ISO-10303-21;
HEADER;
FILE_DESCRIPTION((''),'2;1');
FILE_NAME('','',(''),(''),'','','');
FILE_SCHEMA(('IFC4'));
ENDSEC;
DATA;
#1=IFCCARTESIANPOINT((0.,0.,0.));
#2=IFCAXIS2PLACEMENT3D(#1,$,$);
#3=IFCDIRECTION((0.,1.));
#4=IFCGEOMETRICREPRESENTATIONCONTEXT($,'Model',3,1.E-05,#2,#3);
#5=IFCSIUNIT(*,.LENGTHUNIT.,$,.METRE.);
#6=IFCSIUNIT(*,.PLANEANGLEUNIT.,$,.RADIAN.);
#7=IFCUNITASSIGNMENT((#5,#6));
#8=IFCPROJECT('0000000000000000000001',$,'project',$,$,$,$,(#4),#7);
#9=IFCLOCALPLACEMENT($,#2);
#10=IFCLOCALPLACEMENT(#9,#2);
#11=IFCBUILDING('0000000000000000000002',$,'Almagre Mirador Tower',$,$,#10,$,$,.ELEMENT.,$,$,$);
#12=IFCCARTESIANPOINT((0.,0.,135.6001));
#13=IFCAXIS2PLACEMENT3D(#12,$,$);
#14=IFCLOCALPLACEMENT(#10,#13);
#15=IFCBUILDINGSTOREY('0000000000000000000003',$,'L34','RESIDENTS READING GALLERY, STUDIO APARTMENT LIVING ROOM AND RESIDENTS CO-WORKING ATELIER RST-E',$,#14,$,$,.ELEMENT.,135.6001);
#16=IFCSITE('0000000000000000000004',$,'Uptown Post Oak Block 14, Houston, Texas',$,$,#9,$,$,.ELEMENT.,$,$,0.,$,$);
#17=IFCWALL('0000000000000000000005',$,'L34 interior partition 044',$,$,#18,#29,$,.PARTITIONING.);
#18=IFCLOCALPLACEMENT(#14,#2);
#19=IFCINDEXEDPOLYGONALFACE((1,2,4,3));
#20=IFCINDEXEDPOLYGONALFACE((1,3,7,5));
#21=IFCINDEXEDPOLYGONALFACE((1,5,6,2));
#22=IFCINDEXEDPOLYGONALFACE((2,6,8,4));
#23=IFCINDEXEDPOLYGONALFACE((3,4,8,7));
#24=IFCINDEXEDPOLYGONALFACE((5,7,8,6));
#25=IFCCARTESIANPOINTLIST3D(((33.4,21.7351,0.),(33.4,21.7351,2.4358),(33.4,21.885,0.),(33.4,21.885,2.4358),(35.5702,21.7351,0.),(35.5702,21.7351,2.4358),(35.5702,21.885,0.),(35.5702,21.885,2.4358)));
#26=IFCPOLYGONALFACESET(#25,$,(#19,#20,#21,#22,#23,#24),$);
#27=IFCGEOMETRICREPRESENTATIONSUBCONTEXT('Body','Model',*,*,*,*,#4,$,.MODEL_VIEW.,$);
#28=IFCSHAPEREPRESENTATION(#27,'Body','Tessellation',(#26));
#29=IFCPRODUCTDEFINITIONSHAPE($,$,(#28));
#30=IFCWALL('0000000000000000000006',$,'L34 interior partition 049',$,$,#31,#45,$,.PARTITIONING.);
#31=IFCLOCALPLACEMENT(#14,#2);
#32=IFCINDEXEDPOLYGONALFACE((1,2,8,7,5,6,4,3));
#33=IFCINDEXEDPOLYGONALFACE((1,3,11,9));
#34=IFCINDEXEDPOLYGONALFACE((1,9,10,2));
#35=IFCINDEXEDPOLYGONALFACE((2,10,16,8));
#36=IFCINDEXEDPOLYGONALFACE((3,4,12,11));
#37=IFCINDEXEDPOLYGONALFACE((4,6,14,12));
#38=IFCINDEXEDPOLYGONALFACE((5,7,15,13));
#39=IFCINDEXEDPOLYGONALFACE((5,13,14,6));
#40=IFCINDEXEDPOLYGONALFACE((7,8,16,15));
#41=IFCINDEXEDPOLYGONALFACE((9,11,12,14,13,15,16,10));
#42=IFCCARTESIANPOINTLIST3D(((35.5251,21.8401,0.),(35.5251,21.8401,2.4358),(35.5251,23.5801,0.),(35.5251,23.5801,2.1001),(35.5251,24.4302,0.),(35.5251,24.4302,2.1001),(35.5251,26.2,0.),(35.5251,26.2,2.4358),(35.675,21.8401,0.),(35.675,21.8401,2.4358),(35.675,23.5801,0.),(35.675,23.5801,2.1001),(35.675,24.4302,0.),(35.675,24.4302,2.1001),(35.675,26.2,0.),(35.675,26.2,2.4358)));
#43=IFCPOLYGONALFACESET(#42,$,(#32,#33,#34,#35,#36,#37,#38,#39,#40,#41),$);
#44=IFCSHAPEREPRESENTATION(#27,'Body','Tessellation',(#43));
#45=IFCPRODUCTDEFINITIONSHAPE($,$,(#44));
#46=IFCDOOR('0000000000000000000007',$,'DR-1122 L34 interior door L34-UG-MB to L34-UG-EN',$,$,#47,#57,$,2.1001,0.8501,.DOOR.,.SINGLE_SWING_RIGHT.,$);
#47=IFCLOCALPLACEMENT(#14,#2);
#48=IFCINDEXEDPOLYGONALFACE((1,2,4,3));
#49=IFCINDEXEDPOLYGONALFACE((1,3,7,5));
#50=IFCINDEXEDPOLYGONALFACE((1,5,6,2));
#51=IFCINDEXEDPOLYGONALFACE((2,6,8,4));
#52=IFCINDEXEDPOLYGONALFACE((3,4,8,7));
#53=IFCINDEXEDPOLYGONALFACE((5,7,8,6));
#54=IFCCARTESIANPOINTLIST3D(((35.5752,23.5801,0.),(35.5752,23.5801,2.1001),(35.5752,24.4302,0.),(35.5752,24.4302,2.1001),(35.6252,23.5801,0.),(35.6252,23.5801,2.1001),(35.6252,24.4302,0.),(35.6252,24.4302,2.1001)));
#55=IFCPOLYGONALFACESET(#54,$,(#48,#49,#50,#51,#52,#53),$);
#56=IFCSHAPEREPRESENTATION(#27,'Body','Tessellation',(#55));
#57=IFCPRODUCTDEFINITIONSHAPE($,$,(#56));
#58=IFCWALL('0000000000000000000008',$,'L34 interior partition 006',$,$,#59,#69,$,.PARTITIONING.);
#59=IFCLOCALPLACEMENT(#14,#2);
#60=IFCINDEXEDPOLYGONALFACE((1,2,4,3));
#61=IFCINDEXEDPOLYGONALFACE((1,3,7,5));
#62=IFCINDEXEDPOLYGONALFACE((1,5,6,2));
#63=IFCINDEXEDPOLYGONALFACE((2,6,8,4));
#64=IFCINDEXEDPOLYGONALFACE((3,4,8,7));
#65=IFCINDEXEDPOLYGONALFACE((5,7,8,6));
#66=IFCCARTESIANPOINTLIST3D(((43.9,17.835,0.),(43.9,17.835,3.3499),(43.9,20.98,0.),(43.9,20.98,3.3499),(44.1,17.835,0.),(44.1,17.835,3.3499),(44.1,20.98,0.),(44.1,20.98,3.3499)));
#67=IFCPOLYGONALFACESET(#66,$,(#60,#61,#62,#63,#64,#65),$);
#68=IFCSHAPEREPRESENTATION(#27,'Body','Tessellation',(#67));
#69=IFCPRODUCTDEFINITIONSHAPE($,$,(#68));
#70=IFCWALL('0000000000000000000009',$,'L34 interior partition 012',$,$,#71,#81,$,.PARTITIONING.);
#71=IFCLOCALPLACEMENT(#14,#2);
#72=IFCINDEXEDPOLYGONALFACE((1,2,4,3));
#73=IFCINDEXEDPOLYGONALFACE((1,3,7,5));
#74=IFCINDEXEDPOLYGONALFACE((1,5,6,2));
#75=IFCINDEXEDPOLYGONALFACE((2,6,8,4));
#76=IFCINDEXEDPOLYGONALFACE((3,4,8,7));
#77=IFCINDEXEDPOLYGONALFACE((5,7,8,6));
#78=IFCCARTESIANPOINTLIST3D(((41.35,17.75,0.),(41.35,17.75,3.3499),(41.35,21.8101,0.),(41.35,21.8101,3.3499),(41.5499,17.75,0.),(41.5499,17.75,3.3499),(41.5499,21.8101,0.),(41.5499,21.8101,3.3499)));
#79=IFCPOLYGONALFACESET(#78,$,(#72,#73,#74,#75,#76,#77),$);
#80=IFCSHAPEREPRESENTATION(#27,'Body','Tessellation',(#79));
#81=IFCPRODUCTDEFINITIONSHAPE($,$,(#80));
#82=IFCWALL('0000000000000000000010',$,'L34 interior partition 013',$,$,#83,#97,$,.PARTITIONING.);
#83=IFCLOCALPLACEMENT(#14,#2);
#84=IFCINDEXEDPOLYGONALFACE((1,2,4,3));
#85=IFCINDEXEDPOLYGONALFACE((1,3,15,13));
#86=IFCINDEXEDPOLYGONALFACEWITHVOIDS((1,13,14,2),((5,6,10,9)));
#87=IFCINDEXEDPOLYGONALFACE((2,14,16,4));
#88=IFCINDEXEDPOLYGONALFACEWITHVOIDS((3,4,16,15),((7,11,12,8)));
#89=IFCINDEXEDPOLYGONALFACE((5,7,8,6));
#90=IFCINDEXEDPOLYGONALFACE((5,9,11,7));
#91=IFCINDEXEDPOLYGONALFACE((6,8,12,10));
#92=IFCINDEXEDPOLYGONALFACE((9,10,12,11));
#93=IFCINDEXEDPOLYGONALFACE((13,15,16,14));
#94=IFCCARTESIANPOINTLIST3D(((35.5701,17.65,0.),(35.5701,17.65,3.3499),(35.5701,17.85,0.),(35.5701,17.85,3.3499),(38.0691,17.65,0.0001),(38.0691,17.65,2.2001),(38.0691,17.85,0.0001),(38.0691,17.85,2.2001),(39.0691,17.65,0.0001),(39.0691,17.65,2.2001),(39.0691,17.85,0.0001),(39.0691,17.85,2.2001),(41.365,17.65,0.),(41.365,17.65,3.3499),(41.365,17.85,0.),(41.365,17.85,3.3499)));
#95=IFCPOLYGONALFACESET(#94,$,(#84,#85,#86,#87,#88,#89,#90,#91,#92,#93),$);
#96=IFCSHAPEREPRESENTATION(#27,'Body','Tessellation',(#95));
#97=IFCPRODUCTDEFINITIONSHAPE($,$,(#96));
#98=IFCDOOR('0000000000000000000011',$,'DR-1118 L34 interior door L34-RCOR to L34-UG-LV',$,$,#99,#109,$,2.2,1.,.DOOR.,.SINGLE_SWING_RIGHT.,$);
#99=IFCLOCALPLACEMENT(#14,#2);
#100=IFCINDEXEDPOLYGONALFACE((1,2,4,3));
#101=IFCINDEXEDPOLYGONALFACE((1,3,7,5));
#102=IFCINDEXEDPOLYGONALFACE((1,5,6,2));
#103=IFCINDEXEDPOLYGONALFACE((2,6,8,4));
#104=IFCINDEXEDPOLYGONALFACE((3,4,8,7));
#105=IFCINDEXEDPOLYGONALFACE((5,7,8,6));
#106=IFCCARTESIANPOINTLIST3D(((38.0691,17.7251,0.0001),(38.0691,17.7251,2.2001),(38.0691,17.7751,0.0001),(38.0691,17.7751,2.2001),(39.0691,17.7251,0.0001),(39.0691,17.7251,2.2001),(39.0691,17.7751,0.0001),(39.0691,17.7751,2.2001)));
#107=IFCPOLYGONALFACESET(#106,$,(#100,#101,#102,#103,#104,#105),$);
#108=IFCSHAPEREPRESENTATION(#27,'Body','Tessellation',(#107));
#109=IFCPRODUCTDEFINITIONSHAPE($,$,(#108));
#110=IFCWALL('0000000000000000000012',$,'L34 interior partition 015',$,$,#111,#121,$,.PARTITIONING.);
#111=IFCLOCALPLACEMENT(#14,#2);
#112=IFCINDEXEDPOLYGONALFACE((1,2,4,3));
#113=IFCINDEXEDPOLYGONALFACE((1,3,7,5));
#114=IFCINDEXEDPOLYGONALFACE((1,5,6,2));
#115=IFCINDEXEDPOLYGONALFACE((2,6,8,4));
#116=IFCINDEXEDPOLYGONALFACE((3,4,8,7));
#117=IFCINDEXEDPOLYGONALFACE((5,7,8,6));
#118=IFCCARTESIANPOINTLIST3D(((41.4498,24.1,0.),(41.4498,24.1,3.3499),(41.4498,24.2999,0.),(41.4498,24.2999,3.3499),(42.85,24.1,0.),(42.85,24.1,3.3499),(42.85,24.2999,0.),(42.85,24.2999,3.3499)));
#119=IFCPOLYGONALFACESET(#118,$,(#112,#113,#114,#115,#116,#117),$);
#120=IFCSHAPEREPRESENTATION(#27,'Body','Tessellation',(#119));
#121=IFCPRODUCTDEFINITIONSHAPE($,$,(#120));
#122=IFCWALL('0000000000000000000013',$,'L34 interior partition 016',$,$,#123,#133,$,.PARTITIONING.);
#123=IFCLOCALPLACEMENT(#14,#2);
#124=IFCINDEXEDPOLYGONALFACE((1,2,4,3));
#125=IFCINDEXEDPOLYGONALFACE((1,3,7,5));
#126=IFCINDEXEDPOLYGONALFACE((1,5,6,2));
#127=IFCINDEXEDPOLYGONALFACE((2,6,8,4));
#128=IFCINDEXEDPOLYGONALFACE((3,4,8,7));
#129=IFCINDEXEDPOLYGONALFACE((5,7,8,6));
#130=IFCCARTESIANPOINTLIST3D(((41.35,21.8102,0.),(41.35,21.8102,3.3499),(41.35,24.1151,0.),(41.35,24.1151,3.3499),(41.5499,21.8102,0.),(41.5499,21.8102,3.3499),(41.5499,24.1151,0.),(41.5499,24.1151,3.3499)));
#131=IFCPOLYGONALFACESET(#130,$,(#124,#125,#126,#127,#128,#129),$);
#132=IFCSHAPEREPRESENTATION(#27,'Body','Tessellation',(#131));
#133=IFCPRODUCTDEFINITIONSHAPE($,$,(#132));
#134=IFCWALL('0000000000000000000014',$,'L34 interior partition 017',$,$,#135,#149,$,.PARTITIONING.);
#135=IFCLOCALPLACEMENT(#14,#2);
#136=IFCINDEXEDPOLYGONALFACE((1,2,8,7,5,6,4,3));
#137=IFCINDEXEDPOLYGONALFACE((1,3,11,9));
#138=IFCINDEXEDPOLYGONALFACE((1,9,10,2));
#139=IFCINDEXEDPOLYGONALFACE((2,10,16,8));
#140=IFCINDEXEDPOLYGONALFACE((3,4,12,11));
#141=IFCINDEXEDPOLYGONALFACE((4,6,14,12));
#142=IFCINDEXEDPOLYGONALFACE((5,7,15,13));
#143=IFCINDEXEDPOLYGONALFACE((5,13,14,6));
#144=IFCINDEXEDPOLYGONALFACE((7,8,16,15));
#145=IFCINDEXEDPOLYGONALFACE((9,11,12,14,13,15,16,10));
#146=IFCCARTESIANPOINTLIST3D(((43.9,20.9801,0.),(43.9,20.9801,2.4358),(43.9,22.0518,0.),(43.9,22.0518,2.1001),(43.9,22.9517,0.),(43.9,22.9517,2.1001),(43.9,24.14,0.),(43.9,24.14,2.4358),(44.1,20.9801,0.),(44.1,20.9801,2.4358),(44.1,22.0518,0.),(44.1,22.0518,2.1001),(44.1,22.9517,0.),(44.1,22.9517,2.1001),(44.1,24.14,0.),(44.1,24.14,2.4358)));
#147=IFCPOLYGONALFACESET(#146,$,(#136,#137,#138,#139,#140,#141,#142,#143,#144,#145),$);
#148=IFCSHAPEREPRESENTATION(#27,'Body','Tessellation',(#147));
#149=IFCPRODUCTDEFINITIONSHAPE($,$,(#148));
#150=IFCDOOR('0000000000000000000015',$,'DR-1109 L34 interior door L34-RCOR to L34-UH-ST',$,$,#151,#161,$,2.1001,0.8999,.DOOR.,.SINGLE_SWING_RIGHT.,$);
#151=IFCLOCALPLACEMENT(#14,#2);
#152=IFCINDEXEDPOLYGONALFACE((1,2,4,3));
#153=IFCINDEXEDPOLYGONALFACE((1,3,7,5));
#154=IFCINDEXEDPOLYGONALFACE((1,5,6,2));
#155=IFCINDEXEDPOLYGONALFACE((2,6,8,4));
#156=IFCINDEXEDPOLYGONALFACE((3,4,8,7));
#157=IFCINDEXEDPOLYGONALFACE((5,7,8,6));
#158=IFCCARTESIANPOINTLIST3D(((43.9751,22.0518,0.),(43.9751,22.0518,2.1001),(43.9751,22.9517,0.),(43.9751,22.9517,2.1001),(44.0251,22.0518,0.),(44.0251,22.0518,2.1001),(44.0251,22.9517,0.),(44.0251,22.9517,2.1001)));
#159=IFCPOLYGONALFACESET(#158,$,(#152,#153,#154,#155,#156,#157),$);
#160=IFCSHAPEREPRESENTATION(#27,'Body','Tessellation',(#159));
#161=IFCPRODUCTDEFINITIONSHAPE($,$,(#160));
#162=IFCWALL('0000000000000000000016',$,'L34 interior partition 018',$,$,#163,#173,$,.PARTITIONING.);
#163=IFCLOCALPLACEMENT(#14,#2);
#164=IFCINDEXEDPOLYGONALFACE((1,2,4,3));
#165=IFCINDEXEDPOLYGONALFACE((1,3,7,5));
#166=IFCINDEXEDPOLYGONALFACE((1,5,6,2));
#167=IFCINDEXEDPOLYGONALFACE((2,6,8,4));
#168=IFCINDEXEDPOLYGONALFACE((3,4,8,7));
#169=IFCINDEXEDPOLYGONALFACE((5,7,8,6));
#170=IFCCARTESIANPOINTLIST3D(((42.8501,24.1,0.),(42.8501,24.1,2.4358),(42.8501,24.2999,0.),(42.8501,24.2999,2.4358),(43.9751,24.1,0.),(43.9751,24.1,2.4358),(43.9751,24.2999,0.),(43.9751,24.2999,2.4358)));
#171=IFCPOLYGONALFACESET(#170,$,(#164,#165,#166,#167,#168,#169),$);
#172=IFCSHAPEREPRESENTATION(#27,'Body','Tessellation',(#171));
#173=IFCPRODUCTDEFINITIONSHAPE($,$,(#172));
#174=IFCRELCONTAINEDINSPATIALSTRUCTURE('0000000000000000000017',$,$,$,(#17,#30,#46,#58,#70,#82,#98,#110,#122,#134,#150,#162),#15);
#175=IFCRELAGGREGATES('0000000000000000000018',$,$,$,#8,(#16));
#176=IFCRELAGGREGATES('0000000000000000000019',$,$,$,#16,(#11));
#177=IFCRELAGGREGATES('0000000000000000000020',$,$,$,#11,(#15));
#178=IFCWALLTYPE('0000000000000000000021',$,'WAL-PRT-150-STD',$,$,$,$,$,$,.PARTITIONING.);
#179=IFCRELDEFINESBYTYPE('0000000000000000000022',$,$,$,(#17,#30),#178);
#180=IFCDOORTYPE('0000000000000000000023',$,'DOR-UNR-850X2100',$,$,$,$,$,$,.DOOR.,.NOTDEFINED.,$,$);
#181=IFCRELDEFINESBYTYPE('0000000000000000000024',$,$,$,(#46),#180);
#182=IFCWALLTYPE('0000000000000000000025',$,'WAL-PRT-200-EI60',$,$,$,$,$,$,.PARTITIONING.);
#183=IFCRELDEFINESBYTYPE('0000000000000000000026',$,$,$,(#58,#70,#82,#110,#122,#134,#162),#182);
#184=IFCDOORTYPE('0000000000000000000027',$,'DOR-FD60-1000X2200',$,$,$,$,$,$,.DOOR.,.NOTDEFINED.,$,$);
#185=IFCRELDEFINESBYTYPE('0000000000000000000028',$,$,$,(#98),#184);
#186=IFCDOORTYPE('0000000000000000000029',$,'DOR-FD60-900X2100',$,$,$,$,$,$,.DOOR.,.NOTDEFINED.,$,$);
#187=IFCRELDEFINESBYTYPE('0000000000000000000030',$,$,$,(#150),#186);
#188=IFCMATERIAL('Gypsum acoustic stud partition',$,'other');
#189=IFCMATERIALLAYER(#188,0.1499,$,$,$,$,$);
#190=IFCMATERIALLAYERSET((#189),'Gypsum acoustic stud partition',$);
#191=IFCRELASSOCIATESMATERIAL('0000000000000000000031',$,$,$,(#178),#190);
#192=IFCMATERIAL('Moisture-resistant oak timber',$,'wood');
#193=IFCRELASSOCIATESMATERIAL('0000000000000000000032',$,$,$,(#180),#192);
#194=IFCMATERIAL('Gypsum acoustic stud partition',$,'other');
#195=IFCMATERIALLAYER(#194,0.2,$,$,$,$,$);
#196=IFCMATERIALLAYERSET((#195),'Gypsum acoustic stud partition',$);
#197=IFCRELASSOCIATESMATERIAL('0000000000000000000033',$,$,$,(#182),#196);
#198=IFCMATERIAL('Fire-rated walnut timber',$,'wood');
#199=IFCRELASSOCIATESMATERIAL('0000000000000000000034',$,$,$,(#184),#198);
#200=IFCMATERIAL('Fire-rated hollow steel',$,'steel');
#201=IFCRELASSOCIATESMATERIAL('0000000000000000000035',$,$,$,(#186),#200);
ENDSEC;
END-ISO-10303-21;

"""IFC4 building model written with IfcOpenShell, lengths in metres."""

from ifc_helpers import new_model, si_unit, direction, frame, frame_2d, origin, place, context, subcontext, project, spatial, rectangle, extrude, material, layer, layer_set, type_object, element, fill, save


model = new_model("IFC4")

# Units and contexts
model_context = context("Model", 3, precision=1e-05, world=origin(), true_north=direction((0.0, 1.0)))
body_context = subcontext(model_context, "Body", "Model", "MODEL_VIEW")
ifc_project = project(units=[si_unit("LENGTHUNIT", "METRE"), si_unit("PLANEANGLEUNIT", "RADIAN")], contexts=[model_context])

# Site, building, storey
site_placement = place(None, origin())
site = spatial("IfcSite", under=ifc_project, at=site_placement, Name="Uptown Post Oak Block 14, Houston, Texas", CompositionType="ELEMENT", RefElevation=0.0)
building_placement = place(site_placement, origin())
building = spatial("IfcBuilding", under=site, at=building_placement, Name="Almagre Mirador Tower", CompositionType="ELEMENT")
storey_placement = place(building_placement, frame((0.0, 0.0, 135.6001)))
storey = spatial("IfcBuildingStorey", under=building, at=storey_placement, Name="L34", Description="RESIDENTS READING GALLERY, STUDIO APARTMENT LIVING ROOM AND RESIDENTS CO-WORKING ATELIER RST-E", CompositionType="ELEMENT", Elevation=135.6001)

# Shared definitions
ifc_material_1 = material(Name="Gypsum acoustic stud partition", Category="other")
ifc_layer_1 = layer(ifc_material_1, 0.1499)
ifc_layer_set_1 = layer_set([ifc_layer_1], Name="Gypsum acoustic stud partition")
wall_type_1 = type_object("IfcWallType", Name="WAL-PRT-150-STD", PredefinedType="PARTITIONING", material=ifc_layer_set_1)
ifc_material_2 = material(Name="Moisture-resistant oak timber", Category="wood")
door_type_1 = type_object("IfcDoorType", Name="DOR-UNR-850X2100", OperationType="NOTDEFINED", PredefinedType="DOOR", material=ifc_material_2)

# Wall
wall_1_placement = place(storey_placement, frame((35.5701, 21.8101, 0.0), z_axis=(0.0, 0.0, 1.0), x_axis=(-1.0, 0.0, 0.0)))
element("IfcWall", 1, at=wall_1_placement, inside=storey, type_object=wall_type_1, Name="L34 interior partition 044", PredefinedType="PARTITIONING", context=body_context, shape_type="SweptSolid", body=[
    extrude(rectangle(XDim=2.1702, YDim=0.1499, at=frame_2d((1.085, 0.0))), origin(), (0.0, 0.0, 1.0), 2.4358),
])

# Wall, opening, door
wall_2_placement = place(storey_placement, frame((35.6001, 21.8401, 0.0), z_axis=(0.0, 0.0, 1.0), x_axis=(0.0, 1.0, 0.0)))
wall_2 = element("IfcWall", 2, at=wall_2_placement, inside=storey, type_object=wall_type_1, Name="L34 interior partition 049", PredefinedType="PARTITIONING", context=body_context, shape_type="SweptSolid", body=[
    extrude(rectangle(XDim=4.3599, YDim=0.1499, at=frame_2d((2.1799, 0.0))), origin(), (0.0, 0.0, 1.0), 2.4358),
])
opening_1_placement = place(wall_2_placement, frame((1.74, 0.0, 0.0)))
opening_1 = element("IfcOpeningElement", 3, at=opening_1_placement, cuts=wall_2, PredefinedType="OPENING", context=body_context, shape_type="SweptSolid", body=[
    extrude(rectangle(XDim=0.8501, YDim=2.1001, at=frame_2d((0.425, 1.05))), frame((0.0, 0.085, 0.0), z_axis=(0.0, -1.0, 0.0), x_axis=(1.0, 0.0, 0.0)), (0.0, 0.0, 1.0), 0.1699),
])
door_1_placement = place(opening_1_placement, origin())
door_1 = element("IfcDoor", 4, at=door_1_placement, inside=storey, type_object=door_type_1, Name="DR-1122 L34 interior door L34-UG-MB to L34-UG-EN", OperationType="SINGLE_SWING_RIGHT", OverallHeight=2.1001, OverallWidth=0.8501, PredefinedType="DOOR", context=body_context, shape_type="SweptSolid", body=[
    extrude(rectangle(XDim=0.8501, YDim=2.1001, at=frame_2d((0.425, 1.05))), frame((0.0, 0.0249, 0.0), z_axis=(0.0, -1.0, 0.0), x_axis=(1.0, 0.0, 0.0)), (0.0, 0.0, 1.0), 0.05),
])
fill(opening_1, door_1)

# Walls
ifc_material_3 = material(Name="Gypsum acoustic stud partition", Category="other")
ifc_layer_2 = layer(ifc_material_3, 0.2)
ifc_layer_set_2 = layer_set([ifc_layer_2], Name="Gypsum acoustic stud partition")
wall_type_2 = type_object("IfcWallType", Name="WAL-PRT-200-EI60", PredefinedType="PARTITIONING", material=ifc_layer_set_2)
wall_3_placement = place(storey_placement, frame((44.0, 17.835, 0.0), z_axis=(0.0, 0.0, 1.0), x_axis=(0.0, 1.0, 0.0)))
element("IfcWall", 5, at=wall_3_placement, inside=storey, type_object=wall_type_2, Name="L34 interior partition 006", PredefinedType="PARTITIONING", context=body_context, shape_type="SweptSolid", body=[
    extrude(rectangle(XDim=3.145, YDim=0.2, at=frame_2d((1.5725, 0.0))), origin(), (0.0, 0.0, 1.0), 3.3499),
])
wall_4_placement = place(storey_placement, frame((41.45, 21.8101, 0.0), z_axis=(0.0, 0.0, 1.0), x_axis=(0.0, -1.0, 0.0)))
element("IfcWall", 6, at=wall_4_placement, inside=storey, type_object=wall_type_2, Name="L34 interior partition 012", PredefinedType="PARTITIONING", context=body_context, shape_type="SweptSolid", body=[
    extrude(rectangle(XDim=4.0601, YDim=0.2, at=frame_2d((2.03, 0.0))), origin(), (0.0, 0.0, 1.0), 3.3499),
])

# Wall, opening, door
wall_5_placement = place(storey_placement, frame((41.365, 17.75, 0.0), z_axis=(0.0, 0.0, 1.0), x_axis=(-1.0, 0.0, 0.0)))
wall_5 = element("IfcWall", 7, at=wall_5_placement, inside=storey, type_object=wall_type_2, Name="L34 interior partition 013", PredefinedType="PARTITIONING", context=body_context, shape_type="SweptSolid", body=[
    extrude(rectangle(XDim=5.7949, YDim=0.2, at=frame_2d((2.8975, 0.0))), origin(), (0.0, 0.0, 1.0), 3.3499),
])
opening_2_placement = place(wall_5_placement, frame((2.2959, 0.0, 0.0)))
opening_2 = element("IfcOpeningElement", 8, at=opening_2_placement, cuts=wall_5, PredefinedType="OPENING", context=body_context, shape_type="SweptSolid", body=[
    extrude(rectangle(XDim=1.0, YDim=2.2, at=frame_2d((0.5, 1.1001))), frame((0.0, 0.1101, 0.0), z_axis=(0.0, -1.0, 0.0), x_axis=(1.0, 0.0, 0.0)), (0.0, 0.0, 1.0), 0.22),
])
ifc_material_4 = material(Name="Fire-rated walnut timber", Category="wood")
door_type_2 = type_object("IfcDoorType", Name="DOR-FD60-1000X2200", OperationType="NOTDEFINED", PredefinedType="DOOR", material=ifc_material_4)
door_2_placement = place(opening_2_placement, origin())
door_2 = element("IfcDoor", 9, at=door_2_placement, inside=storey, type_object=door_type_2, Name="DR-1118 L34 interior door L34-RCOR to L34-UG-LV", OperationType="SINGLE_SWING_RIGHT", OverallHeight=2.2, OverallWidth=1.0, PredefinedType="DOOR", context=body_context, shape_type="SweptSolid", body=[
    extrude(rectangle(XDim=1.0, YDim=2.2, at=frame_2d((0.5, 1.1001))), frame((0.0, 0.0249, 0.0), z_axis=(0.0, -1.0, 0.0), x_axis=(1.0, 0.0, 0.0)), (0.0, 0.0, 1.0), 0.05),
])
fill(opening_2, door_2)

# Walls
wall_6_placement = place(storey_placement, frame((42.8501, 24.2, 0.0), z_axis=(0.0, 0.0, 1.0), x_axis=(-1.0, 0.0, 0.0)))
element("IfcWall", 10, at=wall_6_placement, inside=storey, type_object=wall_type_2, Name="L34 interior partition 015", PredefinedType="PARTITIONING", context=body_context, shape_type="SweptSolid", body=[
    extrude(rectangle(XDim=1.4001, YDim=0.2, at=frame_2d((0.7002, 0.0))), origin(), (0.0, 0.0, 1.0), 3.3499),
])
wall_7_placement = place(storey_placement, frame((41.45, 24.115, 0.0), z_axis=(0.0, 0.0, 1.0), x_axis=(0.0, -1.0, 0.0)))
element("IfcWall", 11, at=wall_7_placement, inside=storey, type_object=wall_type_2, Name="L34 interior partition 016", PredefinedType="PARTITIONING", context=body_context, shape_type="SweptSolid", body=[
    extrude(rectangle(XDim=2.3049, YDim=0.2, at=frame_2d((1.1523, 0.0))), origin(), (0.0, 0.0, 1.0), 3.3499),
])

# Wall, opening, door
wall_8_placement = place(storey_placement, frame((44.0, 20.98, 0.0), z_axis=(0.0, 0.0, 1.0), x_axis=(0.0, 1.0, 0.0)))
wall_8 = element("IfcWall", 12, at=wall_8_placement, inside=storey, type_object=wall_type_2, Name="L34 interior partition 017", PredefinedType="PARTITIONING", context=body_context, shape_type="SweptSolid", body=[
    extrude(rectangle(XDim=3.1599, YDim=0.2, at=frame_2d((1.5801, 0.0))), origin(), (0.0, 0.0, 1.0), 2.4358),
])
opening_3_placement = place(wall_8_placement, frame((1.0718, 0.0, 0.0)))
opening_3 = element("IfcOpeningElement", 13, at=opening_3_placement, cuts=wall_8, PredefinedType="OPENING", context=body_context, shape_type="SweptSolid", body=[
    extrude(rectangle(XDim=0.8999, YDim=2.1001, at=frame_2d((0.45, 1.05))), frame((0.0, 0.1101, 0.0), z_axis=(0.0, -1.0, 0.0), x_axis=(1.0, 0.0, 0.0)), (0.0, 0.0, 1.0), 0.22),
])
ifc_material_5 = material(Name="Fire-rated hollow steel", Category="steel")
door_type_3 = type_object("IfcDoorType", Name="DOR-FD60-900X2100", OperationType="NOTDEFINED", PredefinedType="DOOR", material=ifc_material_5)
door_3_placement = place(opening_3_placement, origin())
door_3 = element("IfcDoor", 14, at=door_3_placement, inside=storey, type_object=door_type_3, Name="DR-1109 L34 interior door L34-RCOR to L34-UH-ST", OperationType="SINGLE_SWING_RIGHT", OverallHeight=2.1001, OverallWidth=0.8999, PredefinedType="DOOR", context=body_context, shape_type="SweptSolid", body=[
    extrude(rectangle(XDim=0.8999, YDim=2.1001, at=frame_2d((0.45, 1.05))), frame((0.0, 0.0249, 0.0), z_axis=(0.0, -1.0, 0.0), x_axis=(1.0, 0.0, 0.0)), (0.0, 0.0, 1.0), 0.05),
])
fill(opening_3, door_3)

# Wall
wall_9_placement = place(storey_placement, frame((43.9751, 24.2, 0.0), z_axis=(0.0, 0.0, 1.0), x_axis=(-1.0, 0.0, 0.0)))
element("IfcWall", 15, at=wall_9_placement, inside=storey, type_object=wall_type_2, Name="L34 interior partition 018", PredefinedType="PARTITIONING", context=body_context, shape_type="SweptSolid", body=[
    extrude(rectangle(XDim=1.125, YDim=0.2, at=frame_2d((0.5625, 0.0))), origin(), (0.0, 0.0, 1.0), 2.4358),
])

save(model, "model.ifc")
